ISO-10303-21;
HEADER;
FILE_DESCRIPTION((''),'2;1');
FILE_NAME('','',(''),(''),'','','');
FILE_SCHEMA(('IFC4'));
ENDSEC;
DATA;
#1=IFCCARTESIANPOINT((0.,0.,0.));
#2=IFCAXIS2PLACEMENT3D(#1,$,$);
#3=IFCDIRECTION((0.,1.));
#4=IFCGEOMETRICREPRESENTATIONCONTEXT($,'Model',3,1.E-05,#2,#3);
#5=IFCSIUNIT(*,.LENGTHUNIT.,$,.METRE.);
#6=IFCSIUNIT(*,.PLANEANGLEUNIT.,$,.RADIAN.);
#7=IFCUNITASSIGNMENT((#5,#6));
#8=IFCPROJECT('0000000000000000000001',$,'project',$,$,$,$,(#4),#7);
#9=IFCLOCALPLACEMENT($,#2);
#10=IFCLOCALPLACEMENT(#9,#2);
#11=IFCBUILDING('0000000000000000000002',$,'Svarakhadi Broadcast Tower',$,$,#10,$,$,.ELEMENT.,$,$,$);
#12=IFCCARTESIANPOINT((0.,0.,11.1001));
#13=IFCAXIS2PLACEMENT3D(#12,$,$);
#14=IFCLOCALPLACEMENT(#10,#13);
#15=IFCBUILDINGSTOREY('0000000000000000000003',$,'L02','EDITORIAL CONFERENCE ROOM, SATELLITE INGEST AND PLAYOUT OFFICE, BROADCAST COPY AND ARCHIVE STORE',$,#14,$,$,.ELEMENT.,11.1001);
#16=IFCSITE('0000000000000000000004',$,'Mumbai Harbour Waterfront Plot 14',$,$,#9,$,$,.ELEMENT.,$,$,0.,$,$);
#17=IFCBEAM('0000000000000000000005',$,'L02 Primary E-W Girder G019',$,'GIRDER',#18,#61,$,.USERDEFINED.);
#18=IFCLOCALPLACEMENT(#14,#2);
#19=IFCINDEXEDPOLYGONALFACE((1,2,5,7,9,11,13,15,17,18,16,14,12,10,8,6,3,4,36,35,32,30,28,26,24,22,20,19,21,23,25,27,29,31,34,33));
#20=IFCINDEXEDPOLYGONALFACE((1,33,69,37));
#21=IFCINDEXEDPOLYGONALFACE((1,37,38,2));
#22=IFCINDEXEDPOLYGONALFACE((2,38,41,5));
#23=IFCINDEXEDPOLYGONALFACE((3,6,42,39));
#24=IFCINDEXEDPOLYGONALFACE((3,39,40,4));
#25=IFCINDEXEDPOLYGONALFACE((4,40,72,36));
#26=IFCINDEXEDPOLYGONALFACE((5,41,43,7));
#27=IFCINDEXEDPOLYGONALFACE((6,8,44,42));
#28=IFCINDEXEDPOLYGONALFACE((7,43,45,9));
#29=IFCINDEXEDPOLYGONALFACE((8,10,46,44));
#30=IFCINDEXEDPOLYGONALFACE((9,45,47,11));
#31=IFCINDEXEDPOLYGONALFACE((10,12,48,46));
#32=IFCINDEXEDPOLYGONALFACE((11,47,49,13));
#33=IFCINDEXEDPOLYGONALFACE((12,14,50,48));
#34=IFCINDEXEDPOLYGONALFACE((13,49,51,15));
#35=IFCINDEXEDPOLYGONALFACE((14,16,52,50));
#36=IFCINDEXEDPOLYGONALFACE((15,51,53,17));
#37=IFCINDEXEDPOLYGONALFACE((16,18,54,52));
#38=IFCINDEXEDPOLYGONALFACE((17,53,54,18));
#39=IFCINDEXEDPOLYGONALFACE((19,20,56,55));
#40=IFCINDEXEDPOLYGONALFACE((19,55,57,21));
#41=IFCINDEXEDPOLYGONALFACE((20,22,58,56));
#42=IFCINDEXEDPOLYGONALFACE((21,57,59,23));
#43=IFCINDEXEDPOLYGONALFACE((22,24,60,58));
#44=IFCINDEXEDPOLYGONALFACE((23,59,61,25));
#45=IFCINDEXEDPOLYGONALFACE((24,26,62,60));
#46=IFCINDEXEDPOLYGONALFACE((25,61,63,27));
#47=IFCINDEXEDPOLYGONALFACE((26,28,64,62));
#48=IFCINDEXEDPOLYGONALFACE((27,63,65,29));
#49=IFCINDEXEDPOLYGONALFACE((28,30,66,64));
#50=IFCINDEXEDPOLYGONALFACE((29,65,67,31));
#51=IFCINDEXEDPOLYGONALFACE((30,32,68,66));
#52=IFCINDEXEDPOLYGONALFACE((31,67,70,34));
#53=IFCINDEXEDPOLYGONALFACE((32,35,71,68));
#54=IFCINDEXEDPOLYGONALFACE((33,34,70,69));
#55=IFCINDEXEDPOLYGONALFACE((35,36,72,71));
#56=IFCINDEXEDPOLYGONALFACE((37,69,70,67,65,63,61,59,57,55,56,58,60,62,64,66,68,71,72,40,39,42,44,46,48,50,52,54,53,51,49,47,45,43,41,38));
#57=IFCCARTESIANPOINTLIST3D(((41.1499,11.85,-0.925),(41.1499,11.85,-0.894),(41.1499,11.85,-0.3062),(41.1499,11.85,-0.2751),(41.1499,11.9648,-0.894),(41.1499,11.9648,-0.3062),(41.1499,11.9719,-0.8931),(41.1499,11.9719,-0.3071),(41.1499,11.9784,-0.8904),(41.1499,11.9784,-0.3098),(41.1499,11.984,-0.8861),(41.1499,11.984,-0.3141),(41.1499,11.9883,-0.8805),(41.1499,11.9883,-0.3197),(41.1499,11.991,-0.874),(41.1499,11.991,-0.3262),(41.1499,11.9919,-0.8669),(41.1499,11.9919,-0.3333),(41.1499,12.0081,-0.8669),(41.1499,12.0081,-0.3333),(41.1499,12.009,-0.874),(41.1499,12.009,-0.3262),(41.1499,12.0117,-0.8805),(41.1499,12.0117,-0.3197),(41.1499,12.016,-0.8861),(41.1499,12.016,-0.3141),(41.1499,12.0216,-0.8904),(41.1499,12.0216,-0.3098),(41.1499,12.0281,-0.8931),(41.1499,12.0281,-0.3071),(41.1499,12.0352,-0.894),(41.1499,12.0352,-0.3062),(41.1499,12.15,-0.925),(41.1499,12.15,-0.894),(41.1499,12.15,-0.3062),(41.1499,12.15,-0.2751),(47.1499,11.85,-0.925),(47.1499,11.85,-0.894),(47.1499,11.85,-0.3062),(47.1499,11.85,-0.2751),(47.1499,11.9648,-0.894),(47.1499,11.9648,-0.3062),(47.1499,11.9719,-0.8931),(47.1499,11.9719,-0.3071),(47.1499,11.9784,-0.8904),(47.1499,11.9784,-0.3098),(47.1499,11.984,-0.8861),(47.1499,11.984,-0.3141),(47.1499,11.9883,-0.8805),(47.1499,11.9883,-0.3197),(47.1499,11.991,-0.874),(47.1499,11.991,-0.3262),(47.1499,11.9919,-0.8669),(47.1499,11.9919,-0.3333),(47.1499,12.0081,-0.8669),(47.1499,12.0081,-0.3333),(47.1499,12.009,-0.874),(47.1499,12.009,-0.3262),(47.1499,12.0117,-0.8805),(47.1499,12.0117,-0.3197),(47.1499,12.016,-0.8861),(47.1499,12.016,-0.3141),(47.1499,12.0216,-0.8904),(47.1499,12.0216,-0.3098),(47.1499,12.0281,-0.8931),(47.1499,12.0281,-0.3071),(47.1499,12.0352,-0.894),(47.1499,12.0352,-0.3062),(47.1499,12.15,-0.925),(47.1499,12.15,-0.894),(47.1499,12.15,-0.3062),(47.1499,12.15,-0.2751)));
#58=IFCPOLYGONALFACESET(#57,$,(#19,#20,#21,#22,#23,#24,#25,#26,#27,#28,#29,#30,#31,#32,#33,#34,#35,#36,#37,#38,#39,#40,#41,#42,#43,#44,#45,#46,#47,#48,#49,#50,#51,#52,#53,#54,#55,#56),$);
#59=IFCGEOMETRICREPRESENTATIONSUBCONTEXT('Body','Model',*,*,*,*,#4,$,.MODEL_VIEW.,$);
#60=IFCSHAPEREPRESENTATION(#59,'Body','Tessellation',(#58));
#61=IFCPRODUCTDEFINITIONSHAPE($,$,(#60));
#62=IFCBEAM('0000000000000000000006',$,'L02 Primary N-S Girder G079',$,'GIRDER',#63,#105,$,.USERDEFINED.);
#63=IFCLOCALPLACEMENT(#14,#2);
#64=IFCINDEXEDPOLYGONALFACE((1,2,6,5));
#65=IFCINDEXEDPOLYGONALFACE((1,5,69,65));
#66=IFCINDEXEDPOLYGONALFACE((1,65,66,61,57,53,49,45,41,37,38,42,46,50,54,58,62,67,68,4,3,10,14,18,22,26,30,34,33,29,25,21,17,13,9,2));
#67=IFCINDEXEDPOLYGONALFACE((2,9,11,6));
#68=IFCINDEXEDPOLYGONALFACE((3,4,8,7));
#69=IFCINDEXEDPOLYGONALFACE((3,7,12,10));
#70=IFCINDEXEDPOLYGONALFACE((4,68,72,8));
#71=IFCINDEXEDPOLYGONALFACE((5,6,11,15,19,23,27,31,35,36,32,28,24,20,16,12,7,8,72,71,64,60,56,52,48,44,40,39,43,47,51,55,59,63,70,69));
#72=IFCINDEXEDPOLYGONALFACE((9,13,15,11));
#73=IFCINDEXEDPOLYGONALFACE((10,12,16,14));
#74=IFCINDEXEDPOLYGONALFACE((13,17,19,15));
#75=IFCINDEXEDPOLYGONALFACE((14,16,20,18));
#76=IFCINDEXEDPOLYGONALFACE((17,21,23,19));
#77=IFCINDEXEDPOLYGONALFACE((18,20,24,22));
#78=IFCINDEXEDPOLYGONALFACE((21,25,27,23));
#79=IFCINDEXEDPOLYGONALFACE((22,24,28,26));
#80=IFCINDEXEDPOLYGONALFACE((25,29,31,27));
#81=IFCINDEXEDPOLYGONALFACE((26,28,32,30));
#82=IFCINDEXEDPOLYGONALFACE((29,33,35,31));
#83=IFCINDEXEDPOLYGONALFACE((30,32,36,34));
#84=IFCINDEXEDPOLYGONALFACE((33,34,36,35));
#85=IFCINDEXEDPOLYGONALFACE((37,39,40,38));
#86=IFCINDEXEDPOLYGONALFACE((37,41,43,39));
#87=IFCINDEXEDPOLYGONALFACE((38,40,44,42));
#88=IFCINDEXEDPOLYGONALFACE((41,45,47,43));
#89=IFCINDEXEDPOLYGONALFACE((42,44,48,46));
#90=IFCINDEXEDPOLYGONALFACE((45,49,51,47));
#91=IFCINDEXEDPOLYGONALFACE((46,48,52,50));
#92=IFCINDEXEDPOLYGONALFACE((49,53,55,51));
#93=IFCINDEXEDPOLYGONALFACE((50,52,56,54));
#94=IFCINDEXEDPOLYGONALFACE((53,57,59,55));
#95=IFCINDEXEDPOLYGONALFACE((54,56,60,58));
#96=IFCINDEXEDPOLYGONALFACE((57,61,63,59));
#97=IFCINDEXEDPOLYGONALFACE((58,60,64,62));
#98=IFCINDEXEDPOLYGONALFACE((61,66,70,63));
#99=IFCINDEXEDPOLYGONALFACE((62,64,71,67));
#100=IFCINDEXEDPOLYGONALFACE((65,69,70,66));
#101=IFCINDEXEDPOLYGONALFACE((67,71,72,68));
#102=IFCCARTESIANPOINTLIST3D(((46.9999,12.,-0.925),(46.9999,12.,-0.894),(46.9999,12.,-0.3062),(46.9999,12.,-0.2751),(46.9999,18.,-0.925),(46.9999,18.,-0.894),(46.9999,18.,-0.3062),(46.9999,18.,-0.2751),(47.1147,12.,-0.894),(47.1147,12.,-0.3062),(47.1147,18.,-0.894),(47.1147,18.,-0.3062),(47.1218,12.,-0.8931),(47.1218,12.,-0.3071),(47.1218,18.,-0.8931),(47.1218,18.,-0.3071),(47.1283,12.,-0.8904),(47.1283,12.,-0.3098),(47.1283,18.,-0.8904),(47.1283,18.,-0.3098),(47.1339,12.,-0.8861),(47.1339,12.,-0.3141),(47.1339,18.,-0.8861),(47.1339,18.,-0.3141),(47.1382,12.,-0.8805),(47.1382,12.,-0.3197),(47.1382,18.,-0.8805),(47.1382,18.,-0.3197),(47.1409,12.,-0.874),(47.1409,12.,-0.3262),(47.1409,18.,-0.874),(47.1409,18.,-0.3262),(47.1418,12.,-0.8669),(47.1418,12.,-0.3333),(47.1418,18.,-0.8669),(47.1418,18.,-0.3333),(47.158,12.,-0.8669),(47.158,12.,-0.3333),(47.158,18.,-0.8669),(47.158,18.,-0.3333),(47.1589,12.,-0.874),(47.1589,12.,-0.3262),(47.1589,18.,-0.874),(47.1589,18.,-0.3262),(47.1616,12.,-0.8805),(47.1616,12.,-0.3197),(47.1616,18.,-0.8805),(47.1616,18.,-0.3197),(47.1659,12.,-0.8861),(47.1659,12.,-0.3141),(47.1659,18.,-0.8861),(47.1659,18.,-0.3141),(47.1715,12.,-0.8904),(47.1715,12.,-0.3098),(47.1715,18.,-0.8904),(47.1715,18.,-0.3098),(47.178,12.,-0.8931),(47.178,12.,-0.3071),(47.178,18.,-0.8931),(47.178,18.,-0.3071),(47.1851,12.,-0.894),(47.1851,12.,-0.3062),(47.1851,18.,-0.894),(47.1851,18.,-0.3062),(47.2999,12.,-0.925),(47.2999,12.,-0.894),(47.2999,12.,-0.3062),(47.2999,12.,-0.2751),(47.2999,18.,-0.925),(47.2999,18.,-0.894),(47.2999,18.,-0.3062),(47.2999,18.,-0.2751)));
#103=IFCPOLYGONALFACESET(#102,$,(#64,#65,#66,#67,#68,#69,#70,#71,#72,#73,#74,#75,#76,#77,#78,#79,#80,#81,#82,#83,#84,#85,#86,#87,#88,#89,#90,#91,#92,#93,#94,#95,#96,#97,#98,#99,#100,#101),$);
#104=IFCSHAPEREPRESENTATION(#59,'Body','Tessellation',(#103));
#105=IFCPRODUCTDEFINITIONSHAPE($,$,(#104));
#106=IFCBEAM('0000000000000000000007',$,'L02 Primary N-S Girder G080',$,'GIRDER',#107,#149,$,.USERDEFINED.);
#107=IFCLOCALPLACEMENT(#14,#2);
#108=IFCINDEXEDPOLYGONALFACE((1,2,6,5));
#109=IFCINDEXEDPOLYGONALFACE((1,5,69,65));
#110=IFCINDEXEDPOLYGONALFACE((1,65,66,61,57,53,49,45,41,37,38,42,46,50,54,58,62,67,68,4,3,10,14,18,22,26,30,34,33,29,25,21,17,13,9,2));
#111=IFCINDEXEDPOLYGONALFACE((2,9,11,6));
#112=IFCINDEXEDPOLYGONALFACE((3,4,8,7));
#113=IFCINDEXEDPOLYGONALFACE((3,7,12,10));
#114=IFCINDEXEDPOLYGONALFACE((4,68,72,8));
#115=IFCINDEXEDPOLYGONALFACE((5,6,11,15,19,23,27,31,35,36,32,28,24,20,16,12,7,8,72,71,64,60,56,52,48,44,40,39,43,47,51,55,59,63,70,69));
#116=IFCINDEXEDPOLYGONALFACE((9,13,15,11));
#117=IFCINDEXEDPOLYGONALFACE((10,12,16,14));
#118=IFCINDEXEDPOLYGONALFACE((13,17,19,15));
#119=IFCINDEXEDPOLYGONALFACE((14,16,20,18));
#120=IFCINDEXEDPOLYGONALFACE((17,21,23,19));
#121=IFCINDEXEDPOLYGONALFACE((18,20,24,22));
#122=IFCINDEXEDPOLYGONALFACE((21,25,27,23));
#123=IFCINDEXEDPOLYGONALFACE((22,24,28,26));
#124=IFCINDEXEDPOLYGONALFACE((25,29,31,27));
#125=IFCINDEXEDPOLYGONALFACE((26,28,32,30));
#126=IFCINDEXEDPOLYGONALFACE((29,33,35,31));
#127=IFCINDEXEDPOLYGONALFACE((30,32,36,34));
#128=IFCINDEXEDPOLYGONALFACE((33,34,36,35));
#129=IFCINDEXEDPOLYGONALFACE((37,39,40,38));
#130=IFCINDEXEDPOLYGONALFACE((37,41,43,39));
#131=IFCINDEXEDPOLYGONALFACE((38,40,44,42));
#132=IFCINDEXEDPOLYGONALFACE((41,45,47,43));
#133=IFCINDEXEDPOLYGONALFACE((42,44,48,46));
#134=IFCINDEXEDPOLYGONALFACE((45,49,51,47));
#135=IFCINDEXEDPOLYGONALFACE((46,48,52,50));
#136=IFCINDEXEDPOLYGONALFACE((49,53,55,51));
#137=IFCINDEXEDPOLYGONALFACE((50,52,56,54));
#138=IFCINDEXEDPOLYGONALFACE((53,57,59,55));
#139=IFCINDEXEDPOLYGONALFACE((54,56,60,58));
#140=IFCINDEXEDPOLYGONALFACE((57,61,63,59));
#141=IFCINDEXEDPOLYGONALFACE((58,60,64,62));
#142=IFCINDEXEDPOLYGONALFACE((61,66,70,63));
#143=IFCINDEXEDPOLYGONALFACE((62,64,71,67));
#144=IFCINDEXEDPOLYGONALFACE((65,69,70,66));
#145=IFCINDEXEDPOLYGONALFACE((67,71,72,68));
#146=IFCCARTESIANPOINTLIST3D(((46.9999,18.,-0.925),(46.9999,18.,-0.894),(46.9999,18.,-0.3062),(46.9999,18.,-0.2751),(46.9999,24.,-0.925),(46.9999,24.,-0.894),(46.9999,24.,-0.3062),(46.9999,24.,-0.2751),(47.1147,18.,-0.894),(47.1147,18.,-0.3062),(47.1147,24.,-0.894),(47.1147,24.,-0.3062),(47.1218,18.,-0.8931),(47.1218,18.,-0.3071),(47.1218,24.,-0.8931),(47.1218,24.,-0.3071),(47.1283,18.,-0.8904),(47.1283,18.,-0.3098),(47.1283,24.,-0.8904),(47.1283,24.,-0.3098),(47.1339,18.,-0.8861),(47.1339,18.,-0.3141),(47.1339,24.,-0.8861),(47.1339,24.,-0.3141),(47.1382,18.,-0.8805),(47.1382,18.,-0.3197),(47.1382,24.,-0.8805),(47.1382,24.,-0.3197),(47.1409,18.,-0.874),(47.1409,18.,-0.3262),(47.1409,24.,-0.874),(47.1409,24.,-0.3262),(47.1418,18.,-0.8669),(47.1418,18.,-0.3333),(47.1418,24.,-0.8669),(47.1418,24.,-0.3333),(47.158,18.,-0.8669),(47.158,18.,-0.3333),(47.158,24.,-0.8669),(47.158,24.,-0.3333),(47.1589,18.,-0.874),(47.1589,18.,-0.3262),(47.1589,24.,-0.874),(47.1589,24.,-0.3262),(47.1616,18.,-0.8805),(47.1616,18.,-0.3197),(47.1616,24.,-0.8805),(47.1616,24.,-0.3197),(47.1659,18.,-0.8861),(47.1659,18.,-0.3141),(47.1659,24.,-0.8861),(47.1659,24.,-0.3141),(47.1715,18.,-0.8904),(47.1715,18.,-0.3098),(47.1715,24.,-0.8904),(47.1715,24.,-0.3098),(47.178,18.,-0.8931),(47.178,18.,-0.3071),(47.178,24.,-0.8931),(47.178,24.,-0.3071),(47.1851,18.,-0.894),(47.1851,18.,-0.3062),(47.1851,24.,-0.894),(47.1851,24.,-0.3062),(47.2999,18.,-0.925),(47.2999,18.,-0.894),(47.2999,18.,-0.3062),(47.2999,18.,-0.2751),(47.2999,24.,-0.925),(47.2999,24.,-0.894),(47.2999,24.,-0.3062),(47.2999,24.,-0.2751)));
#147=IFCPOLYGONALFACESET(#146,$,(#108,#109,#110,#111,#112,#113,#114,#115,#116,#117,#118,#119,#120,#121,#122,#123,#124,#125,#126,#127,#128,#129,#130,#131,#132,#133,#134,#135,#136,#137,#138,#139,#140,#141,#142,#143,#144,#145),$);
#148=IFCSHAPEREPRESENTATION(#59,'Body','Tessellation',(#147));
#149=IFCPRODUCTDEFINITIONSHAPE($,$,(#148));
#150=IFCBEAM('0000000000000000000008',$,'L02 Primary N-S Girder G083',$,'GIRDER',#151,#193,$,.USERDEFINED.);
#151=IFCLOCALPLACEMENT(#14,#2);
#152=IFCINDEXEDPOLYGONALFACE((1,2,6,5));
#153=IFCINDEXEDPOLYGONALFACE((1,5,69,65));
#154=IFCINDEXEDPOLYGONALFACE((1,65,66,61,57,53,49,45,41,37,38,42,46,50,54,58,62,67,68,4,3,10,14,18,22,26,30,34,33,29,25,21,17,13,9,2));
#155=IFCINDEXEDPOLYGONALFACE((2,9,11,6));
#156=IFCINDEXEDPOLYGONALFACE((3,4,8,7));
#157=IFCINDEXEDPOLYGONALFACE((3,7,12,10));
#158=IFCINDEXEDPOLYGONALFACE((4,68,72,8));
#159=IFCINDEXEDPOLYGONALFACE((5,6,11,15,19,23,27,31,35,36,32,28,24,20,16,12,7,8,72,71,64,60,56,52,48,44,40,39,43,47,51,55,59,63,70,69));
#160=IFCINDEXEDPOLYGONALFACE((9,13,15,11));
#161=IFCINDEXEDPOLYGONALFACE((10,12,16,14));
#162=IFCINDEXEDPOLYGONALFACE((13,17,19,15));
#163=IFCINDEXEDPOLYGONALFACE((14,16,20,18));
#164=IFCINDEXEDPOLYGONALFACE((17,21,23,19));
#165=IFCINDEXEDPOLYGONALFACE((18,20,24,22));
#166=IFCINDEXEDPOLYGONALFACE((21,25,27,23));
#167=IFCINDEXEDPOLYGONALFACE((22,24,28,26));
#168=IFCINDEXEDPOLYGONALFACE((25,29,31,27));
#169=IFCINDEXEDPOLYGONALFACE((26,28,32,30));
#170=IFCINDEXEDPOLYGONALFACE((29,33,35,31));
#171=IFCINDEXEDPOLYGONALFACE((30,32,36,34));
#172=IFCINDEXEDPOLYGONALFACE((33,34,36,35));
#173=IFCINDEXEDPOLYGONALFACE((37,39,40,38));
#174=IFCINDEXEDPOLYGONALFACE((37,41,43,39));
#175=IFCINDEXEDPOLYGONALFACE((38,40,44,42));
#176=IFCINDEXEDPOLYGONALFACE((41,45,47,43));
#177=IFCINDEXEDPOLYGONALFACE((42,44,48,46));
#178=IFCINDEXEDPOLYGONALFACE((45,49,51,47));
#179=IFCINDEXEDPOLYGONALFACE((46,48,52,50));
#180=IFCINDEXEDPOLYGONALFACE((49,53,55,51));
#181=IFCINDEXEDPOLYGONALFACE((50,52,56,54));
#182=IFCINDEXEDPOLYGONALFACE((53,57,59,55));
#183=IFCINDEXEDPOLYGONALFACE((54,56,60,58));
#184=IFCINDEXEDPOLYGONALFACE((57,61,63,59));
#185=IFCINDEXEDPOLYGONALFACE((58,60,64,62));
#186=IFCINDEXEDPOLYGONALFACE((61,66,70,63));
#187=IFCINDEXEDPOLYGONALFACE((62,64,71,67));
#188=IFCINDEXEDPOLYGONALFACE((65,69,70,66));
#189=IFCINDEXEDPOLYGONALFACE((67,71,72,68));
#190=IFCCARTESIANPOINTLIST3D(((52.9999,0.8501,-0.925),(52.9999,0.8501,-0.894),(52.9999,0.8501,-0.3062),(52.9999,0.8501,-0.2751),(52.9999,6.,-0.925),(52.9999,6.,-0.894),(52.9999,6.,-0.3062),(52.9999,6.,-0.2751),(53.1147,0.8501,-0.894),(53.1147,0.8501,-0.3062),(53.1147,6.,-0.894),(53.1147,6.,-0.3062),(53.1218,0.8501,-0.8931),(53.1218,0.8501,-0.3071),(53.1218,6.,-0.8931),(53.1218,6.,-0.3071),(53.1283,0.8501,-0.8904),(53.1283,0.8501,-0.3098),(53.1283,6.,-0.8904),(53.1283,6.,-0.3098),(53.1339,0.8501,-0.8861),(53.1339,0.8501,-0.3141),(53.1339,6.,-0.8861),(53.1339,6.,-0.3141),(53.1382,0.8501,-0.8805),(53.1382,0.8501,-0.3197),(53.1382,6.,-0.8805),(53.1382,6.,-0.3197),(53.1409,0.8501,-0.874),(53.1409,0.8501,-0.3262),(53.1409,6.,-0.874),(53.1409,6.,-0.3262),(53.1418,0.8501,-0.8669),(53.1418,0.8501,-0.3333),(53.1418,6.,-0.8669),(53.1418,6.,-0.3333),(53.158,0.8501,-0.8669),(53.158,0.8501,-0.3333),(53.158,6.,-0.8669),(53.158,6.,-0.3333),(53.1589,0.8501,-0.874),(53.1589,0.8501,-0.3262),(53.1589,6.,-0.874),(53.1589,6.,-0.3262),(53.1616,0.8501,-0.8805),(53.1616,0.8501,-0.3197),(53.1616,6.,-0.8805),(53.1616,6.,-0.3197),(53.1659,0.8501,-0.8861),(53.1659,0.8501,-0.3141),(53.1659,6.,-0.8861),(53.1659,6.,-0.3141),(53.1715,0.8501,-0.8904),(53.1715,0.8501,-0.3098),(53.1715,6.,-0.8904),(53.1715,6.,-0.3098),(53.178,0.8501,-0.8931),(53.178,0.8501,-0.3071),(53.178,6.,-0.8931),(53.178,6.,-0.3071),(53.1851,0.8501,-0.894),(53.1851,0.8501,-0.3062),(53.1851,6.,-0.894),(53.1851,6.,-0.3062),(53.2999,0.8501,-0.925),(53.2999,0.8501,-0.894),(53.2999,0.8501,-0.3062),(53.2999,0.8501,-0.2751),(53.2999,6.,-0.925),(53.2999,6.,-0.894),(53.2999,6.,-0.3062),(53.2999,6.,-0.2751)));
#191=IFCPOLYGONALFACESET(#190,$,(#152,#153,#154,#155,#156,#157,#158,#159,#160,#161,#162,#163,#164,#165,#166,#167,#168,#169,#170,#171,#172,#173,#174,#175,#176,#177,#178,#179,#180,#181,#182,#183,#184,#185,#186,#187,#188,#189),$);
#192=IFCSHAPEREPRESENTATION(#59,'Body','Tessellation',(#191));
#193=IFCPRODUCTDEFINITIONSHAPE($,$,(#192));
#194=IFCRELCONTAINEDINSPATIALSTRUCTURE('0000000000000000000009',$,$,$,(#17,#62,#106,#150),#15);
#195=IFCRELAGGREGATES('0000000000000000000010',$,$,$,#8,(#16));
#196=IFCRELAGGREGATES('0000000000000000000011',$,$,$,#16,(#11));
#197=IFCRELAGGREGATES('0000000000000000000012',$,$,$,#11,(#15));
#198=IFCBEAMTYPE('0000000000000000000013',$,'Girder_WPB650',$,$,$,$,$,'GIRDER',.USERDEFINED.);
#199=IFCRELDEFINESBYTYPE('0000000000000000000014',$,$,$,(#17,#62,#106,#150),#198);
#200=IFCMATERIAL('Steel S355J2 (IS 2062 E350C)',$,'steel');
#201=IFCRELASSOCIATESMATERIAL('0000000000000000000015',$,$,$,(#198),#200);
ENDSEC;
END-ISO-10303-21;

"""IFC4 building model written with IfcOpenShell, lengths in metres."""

from ifc_helpers import new_model, si_unit, direction, frame, origin, origin_2d, place, context, subcontext, project, spatial, i_section, extrude, material, material_profile, profile_set, type_object, element, save


model = new_model("IFC4")

# Units and contexts
model_context = context("Model", 3, precision=1e-05, world=origin(), true_north=direction((0.0, 1.0)))
body_context = subcontext(model_context, "Body", "Model", "MODEL_VIEW")
ifc_project = project(units=[si_unit("LENGTHUNIT", "METRE"), si_unit("PLANEANGLEUNIT", "RADIAN")], contexts=[model_context])

# Site, building, storey
site_placement = place(None, origin())
site = spatial("IfcSite", under=ifc_project, at=site_placement, Name="Mumbai Harbour Waterfront Plot 14", CompositionType="ELEMENT", RefElevation=0.0)
building_placement = place(site_placement, origin())
building = spatial("IfcBuilding", under=site, at=building_placement, Name="Svarakhadi Broadcast Tower", CompositionType="ELEMENT")
storey_placement = place(building_placement, frame((0.0, 0.0, 11.1001)))
storey = spatial("IfcBuildingStorey", under=building, at=storey_placement, Name="L02", Description="EDITORIAL CONFERENCE ROOM, SATELLITE INGEST AND PLAYOUT OFFICE, BROADCAST COPY AND ARCHIVE STORE", CompositionType="ELEMENT", Elevation=11.1001)

# Shared definitions
ifc_material_1 = material(Name="Steel S355J2 (IS 2062 E350C)", Category="steel")

# Beams
ifc_material_profile_1 = material_profile(ifc_material_1, i_section(OverallWidth=0.3, OverallDepth=0.6499, WebThickness=0.0161, FlangeThickness=0.031, FilletRadius=0.0271, at=origin_2d()), Name="WPB 650x300x225")
ifc_profile_set_1 = profile_set([ifc_material_profile_1], Name="Steel S355J2 (IS 2062 E350C)")
beam_type_1 = type_object("IfcBeamType", Name="Girder_WPB650", ElementType="GIRDER", PredefinedType="USERDEFINED", material=ifc_profile_set_1)
for number, where, z_axis, x_axis, name in (
    (1, (41.1499, 12.0, -0.6001), (1.0, 0.0, 0.0), (0.0, 1.0, 0.0), "L02 Primary E-W Girder G019"),
    (2, (47.1499, 12.0, -0.6001), (0.0, 1.0, 0.0), (-1.0, 0.0, 0.0), "L02 Primary N-S Girder G079"),
    (3, (47.1499, 18.0, -0.6001), (0.0, 1.0, 0.0), (-1.0, 0.0, 0.0), "L02 Primary N-S Girder G080"),
):
    element("IfcBeam", number, at=place(storey_placement, frame(where, z_axis=z_axis, x_axis=x_axis)), inside=storey, type_object=beam_type_1, Name=name, ObjectType="GIRDER", PredefinedType="USERDEFINED", context=body_context, shape_type="SweptSolid", body=[
        extrude(i_section(OverallWidth=0.3, OverallDepth=0.6499, WebThickness=0.0161, FlangeThickness=0.031, FilletRadius=0.0271, at=origin_2d()), origin(), (0.0, 0.0, 1.0), 6.0),
    ])
beam_1_placement = place(storey_placement, frame((53.1499, 0.8501, -0.6001), z_axis=(0.0, 1.0, 0.0), x_axis=(-1.0, 0.0, 0.0)))
element("IfcBeam", 4, at=beam_1_placement, inside=storey, type_object=beam_type_1, Name="L02 Primary N-S Girder G083", ObjectType="GIRDER", PredefinedType="USERDEFINED", context=body_context, shape_type="SweptSolid", body=[
    extrude(i_section(OverallWidth=0.3, OverallDepth=0.6499, WebThickness=0.0161, FlangeThickness=0.031, FilletRadius=0.0271, at=origin_2d()), origin(), (0.0, 0.0, 1.0), 5.1499),
])

save(model, "model.ifc")
